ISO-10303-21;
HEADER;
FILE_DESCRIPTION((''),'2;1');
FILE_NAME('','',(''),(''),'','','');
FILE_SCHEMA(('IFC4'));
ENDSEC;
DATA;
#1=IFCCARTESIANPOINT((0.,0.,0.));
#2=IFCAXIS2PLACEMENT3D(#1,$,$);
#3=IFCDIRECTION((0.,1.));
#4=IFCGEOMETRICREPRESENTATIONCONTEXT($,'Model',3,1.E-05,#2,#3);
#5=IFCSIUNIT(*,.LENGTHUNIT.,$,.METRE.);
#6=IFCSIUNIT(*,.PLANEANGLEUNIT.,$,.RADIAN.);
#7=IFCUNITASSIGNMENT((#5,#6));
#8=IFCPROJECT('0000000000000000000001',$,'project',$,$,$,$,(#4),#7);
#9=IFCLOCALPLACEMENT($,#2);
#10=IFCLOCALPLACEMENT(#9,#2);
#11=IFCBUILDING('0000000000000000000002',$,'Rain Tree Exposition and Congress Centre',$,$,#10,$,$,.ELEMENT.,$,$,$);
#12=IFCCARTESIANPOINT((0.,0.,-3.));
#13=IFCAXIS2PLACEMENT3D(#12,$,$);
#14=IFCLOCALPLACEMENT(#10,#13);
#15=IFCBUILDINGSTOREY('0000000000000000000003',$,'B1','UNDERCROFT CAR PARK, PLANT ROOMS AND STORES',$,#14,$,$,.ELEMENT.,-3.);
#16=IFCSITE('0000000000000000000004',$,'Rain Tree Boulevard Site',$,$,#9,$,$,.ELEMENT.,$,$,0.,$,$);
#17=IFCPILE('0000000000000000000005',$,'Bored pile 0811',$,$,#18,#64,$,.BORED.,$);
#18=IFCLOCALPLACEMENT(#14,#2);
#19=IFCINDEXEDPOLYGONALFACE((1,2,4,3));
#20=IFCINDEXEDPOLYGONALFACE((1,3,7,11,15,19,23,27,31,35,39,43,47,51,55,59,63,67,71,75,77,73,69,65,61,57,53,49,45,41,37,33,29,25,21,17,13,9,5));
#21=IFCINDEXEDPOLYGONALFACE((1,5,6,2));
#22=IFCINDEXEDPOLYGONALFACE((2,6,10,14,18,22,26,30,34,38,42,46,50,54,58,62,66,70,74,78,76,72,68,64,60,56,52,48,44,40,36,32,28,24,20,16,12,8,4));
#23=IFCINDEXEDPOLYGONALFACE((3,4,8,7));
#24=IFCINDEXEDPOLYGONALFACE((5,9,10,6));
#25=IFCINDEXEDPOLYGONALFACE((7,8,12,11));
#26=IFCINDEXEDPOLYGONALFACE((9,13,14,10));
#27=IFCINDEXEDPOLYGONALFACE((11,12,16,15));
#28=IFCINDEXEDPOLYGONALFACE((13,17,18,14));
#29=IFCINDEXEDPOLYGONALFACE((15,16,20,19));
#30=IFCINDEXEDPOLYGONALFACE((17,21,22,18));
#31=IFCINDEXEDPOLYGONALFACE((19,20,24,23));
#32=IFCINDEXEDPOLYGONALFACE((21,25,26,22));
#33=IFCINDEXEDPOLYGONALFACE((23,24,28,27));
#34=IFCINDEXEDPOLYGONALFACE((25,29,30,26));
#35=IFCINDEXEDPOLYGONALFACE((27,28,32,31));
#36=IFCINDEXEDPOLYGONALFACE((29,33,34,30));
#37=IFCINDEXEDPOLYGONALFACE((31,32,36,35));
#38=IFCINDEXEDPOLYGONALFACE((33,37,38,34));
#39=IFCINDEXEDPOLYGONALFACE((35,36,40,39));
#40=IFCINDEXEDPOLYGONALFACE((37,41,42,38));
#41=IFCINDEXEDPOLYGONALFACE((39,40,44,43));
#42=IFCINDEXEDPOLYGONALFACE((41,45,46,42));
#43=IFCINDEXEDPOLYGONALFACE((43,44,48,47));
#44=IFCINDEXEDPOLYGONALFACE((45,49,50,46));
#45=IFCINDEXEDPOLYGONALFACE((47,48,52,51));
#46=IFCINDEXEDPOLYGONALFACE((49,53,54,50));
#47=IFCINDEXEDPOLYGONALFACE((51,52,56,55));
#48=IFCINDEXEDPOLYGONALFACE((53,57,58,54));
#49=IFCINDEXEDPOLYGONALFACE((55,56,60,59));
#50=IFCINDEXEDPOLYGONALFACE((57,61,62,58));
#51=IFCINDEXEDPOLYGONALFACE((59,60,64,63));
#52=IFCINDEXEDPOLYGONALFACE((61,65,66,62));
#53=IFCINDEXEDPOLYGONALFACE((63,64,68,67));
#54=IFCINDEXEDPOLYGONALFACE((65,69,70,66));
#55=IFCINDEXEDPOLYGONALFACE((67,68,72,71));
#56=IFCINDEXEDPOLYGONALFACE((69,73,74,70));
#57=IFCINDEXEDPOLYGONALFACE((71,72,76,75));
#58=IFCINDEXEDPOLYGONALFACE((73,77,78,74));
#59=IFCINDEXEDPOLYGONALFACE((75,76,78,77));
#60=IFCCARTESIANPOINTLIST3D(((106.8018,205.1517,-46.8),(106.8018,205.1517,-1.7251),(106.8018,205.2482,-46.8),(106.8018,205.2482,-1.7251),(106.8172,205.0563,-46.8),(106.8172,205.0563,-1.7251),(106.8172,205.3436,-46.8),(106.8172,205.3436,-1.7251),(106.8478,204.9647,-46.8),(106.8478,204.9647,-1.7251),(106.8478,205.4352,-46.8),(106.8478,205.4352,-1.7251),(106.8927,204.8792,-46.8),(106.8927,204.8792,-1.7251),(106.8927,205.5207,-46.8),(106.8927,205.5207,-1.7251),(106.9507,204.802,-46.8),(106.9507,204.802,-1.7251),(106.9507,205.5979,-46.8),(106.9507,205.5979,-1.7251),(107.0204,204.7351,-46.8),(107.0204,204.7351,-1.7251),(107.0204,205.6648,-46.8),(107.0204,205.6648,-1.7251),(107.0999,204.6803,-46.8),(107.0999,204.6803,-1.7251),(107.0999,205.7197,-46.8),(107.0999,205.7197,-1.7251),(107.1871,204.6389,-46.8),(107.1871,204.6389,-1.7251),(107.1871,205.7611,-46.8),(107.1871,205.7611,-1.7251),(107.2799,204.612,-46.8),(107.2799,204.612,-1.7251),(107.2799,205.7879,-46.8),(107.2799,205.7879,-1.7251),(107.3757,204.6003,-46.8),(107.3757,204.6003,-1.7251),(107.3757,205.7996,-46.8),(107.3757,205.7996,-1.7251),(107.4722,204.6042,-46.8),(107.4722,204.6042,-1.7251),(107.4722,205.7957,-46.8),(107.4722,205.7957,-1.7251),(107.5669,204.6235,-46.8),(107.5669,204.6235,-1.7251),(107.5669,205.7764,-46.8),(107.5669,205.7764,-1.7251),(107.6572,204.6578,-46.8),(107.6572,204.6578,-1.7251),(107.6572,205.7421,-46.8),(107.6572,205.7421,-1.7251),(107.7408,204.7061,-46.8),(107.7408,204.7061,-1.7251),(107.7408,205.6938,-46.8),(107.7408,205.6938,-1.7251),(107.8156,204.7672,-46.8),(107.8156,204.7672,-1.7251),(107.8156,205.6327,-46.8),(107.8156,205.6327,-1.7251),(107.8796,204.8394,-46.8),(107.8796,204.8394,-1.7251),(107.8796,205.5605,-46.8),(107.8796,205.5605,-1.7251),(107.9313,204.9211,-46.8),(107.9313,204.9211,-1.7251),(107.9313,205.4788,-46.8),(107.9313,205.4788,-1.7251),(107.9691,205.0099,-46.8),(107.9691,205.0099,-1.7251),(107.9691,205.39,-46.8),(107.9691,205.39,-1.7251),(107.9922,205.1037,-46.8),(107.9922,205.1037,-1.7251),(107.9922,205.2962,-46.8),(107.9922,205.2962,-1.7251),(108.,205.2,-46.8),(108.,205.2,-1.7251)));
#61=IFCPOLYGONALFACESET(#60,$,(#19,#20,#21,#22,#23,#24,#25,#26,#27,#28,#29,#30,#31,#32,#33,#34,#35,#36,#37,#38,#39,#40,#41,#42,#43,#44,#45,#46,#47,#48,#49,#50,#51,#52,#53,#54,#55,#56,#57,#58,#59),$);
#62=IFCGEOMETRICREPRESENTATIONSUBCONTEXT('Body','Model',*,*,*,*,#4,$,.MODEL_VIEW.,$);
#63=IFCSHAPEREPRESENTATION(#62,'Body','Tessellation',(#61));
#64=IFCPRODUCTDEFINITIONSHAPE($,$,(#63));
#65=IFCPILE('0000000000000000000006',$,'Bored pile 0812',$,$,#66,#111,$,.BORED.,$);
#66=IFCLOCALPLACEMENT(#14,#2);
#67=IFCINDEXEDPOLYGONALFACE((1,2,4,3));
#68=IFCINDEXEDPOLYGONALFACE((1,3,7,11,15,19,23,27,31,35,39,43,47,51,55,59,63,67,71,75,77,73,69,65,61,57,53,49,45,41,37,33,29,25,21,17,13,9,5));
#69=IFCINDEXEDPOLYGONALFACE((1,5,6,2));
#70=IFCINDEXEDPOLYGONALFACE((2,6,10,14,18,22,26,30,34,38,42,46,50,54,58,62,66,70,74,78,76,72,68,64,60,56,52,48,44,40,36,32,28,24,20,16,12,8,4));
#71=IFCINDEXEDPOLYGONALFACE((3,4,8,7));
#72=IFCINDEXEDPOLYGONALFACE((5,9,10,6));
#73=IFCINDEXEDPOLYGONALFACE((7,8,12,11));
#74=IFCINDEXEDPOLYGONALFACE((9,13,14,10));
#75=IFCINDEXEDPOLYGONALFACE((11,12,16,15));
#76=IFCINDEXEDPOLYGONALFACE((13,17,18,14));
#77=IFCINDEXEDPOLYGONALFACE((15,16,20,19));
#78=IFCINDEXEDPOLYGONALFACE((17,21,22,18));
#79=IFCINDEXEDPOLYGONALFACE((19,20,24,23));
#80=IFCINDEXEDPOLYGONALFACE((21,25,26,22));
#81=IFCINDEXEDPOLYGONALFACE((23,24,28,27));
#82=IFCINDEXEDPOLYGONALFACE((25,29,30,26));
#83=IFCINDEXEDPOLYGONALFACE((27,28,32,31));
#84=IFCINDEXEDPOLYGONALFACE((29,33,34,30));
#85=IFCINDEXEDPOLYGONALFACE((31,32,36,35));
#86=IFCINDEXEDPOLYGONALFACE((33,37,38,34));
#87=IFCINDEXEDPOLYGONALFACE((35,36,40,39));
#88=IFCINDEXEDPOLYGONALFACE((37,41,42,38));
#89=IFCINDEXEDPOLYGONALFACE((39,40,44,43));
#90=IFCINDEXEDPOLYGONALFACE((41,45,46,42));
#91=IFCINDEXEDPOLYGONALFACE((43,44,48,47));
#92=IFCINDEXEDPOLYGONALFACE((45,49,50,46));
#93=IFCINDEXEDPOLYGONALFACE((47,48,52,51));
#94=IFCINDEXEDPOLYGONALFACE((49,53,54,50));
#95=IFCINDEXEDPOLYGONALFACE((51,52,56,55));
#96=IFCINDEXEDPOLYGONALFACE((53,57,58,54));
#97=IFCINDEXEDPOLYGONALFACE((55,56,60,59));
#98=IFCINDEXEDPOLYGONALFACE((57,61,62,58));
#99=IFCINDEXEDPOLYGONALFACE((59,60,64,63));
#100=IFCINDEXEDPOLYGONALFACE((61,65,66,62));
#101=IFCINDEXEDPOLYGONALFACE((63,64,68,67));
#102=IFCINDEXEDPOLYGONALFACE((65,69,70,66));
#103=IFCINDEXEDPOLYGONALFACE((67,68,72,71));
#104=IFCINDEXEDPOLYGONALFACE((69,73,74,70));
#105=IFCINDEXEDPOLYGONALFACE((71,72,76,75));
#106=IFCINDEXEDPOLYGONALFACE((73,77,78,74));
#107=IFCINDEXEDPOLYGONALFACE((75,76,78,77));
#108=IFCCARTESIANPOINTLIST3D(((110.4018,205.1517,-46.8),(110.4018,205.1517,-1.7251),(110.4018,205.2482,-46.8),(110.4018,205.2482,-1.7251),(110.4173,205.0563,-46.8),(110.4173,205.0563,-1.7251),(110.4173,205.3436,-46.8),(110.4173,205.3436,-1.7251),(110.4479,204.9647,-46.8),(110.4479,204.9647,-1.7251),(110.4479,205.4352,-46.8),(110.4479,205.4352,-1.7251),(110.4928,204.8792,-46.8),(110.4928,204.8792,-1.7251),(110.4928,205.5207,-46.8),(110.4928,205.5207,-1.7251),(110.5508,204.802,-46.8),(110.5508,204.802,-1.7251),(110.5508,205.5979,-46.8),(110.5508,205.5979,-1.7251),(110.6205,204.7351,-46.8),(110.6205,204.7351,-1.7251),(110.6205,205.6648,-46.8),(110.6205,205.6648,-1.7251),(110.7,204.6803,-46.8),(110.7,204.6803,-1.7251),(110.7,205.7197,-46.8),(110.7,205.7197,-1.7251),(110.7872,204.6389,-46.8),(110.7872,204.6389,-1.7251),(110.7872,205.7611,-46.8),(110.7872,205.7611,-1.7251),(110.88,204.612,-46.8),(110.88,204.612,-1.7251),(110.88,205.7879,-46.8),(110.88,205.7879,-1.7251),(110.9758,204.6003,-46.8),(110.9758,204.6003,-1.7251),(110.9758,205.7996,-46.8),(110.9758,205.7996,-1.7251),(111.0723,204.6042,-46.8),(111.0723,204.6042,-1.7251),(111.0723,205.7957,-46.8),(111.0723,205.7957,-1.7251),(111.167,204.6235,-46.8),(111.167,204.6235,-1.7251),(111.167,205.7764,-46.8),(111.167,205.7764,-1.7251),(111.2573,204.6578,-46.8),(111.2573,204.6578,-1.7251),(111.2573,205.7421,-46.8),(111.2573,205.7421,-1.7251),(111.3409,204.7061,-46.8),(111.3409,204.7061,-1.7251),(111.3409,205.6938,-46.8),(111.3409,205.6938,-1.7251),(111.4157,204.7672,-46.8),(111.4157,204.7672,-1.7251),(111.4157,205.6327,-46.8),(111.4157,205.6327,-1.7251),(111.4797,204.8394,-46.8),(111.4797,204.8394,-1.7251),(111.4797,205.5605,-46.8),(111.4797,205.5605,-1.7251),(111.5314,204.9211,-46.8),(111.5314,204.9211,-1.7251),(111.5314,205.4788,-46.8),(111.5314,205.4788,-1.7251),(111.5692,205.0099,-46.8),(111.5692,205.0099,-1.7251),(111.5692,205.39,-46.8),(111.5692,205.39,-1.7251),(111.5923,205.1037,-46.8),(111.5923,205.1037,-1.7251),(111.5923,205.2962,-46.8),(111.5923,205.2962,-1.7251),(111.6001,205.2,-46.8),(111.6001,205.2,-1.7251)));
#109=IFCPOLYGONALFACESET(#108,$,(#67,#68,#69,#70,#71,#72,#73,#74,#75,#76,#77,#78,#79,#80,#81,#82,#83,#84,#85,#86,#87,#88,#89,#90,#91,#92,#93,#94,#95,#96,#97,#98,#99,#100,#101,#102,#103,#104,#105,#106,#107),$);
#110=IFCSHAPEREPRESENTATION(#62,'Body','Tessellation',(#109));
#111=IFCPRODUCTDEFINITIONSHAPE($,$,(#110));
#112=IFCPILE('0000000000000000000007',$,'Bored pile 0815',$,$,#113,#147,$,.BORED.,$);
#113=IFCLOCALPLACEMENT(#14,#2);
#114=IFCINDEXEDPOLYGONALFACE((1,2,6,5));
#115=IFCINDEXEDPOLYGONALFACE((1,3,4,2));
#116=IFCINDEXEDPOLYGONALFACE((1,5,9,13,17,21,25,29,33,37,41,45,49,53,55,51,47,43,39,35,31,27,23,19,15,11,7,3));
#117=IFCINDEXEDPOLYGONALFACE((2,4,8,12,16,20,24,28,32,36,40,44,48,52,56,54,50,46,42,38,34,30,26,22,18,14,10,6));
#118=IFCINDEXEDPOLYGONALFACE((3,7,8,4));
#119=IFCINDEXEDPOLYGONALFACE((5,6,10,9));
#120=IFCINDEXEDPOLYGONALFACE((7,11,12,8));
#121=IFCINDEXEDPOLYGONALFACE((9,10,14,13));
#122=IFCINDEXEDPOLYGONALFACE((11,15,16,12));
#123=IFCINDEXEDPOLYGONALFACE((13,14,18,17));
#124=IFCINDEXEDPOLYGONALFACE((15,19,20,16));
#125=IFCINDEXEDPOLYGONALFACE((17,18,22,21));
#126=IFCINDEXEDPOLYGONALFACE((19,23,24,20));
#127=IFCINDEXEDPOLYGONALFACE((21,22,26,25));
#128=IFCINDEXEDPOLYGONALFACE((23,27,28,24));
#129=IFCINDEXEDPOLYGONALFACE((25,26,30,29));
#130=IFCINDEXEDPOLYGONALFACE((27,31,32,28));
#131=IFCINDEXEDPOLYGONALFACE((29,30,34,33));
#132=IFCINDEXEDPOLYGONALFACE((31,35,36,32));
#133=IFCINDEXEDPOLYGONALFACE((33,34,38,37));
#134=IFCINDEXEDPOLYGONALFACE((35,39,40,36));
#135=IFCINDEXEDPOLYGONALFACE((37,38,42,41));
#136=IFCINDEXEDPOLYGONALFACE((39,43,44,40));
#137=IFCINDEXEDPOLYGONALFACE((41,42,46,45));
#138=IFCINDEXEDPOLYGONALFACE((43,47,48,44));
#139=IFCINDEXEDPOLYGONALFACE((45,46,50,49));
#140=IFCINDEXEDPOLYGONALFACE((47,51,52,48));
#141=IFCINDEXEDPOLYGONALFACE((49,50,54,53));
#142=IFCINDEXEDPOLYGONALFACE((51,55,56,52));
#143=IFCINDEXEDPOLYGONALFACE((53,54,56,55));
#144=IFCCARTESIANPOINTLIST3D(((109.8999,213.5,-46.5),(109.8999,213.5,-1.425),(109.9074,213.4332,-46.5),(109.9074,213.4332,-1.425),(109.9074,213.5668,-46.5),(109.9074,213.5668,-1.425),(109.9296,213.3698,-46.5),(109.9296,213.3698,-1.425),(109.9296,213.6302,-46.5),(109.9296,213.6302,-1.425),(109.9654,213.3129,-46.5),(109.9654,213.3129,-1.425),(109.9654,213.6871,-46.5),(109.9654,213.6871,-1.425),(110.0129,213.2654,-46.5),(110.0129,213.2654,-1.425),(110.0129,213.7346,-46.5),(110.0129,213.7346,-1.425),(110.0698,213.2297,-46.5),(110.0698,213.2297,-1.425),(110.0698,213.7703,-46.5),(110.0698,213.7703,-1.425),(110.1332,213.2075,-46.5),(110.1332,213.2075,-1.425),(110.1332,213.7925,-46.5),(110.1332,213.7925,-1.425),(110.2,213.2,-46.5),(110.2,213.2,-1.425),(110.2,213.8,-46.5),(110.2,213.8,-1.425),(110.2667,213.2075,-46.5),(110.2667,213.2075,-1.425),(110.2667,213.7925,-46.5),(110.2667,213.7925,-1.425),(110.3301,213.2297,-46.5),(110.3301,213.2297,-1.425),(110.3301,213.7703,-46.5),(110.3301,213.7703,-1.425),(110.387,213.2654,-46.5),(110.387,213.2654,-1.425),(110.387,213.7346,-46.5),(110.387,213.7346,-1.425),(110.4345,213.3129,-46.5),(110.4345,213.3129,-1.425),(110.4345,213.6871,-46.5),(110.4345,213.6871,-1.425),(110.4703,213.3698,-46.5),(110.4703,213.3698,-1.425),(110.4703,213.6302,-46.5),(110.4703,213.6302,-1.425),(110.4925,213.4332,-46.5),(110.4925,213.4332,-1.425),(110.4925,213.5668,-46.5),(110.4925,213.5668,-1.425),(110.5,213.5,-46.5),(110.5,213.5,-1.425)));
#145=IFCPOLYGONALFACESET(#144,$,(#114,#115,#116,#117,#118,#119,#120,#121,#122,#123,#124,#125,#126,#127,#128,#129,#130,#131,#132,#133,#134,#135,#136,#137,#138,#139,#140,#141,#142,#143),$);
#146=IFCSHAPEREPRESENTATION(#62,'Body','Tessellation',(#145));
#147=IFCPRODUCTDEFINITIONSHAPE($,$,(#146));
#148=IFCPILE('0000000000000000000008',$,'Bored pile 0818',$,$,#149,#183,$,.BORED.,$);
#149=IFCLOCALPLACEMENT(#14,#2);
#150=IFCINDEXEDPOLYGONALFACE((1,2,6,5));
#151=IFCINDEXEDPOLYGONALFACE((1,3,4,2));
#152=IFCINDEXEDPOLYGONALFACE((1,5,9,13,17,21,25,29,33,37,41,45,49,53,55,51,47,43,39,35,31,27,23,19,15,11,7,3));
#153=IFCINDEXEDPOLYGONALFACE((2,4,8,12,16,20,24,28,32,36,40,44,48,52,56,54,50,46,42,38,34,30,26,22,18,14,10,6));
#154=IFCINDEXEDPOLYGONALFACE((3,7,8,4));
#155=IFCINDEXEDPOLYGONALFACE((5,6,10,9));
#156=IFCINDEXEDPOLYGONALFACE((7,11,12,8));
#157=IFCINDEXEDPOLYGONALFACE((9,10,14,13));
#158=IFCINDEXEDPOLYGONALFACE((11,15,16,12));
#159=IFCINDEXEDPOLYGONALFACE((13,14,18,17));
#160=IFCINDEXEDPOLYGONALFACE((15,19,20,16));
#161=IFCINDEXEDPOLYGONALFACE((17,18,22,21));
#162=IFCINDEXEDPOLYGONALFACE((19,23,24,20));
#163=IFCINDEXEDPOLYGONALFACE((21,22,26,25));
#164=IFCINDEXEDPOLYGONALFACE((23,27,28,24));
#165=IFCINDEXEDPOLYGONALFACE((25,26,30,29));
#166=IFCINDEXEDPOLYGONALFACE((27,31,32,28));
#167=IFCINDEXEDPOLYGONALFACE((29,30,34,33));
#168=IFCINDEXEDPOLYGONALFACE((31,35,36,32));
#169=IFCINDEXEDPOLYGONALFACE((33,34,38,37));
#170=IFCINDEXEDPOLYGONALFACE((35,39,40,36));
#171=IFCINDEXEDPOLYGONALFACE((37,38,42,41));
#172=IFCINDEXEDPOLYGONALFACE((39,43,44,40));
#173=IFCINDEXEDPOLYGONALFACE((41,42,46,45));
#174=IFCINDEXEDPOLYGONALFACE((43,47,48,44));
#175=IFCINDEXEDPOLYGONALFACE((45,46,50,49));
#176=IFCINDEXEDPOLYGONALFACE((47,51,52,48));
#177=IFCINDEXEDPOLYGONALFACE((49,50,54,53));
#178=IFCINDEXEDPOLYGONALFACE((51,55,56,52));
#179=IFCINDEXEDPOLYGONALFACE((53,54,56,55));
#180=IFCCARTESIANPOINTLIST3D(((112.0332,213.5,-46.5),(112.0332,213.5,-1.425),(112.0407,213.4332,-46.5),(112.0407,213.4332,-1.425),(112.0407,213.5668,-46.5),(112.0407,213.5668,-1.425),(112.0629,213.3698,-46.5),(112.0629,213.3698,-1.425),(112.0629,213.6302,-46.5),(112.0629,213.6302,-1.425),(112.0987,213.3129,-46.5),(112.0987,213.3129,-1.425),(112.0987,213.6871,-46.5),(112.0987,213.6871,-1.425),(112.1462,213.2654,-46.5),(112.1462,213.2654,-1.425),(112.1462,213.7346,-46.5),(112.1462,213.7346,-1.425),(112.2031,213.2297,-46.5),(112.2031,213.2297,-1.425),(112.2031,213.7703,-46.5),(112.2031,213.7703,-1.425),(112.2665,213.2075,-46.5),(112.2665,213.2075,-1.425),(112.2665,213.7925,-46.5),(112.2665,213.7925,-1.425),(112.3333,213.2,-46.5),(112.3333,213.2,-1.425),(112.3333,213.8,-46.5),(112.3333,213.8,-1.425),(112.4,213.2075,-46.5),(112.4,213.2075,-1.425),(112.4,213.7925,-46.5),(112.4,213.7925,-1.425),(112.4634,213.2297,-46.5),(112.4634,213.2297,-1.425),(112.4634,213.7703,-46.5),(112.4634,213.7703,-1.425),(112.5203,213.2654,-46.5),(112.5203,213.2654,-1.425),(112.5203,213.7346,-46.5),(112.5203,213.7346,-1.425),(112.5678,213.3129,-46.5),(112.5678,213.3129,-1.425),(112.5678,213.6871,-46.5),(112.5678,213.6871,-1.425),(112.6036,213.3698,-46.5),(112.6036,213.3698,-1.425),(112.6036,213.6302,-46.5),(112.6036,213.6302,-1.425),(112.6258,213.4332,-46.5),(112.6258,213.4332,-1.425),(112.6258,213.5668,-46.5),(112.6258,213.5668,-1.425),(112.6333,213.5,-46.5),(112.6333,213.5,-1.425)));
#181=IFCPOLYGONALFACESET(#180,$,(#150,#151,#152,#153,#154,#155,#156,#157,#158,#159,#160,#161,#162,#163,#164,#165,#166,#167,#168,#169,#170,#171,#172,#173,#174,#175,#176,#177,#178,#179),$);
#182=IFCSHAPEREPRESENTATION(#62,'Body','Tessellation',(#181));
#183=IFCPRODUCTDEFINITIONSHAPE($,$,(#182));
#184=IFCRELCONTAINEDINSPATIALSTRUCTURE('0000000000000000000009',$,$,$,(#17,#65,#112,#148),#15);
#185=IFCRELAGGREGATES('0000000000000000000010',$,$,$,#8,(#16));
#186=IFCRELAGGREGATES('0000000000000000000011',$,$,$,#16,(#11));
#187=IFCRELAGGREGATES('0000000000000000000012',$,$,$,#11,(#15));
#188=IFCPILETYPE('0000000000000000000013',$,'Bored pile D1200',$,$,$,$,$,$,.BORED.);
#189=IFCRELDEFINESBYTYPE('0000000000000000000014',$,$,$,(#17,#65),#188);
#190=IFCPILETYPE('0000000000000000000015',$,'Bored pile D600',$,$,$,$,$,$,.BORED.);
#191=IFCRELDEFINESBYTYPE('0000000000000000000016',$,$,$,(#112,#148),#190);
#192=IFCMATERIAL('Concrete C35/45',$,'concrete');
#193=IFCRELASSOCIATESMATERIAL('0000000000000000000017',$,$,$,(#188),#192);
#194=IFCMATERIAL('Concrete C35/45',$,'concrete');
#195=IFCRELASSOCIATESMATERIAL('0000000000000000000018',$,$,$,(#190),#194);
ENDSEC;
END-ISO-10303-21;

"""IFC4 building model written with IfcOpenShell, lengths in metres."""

from ifc_helpers import new_model, si_unit, direction, frame, origin, origin_2d, place, context, subcontext, project, spatial, circle, extrude, material, material_profile, profile_set, type_object, element, save


model = new_model("IFC4")

# Units and contexts
model_context = context("Model", 3, precision=1e-05, world=origin(), true_north=direction((0.0, 1.0)))
body_context = subcontext(model_context, "Body", "Model", "MODEL_VIEW")
ifc_project = project(units=[si_unit("LENGTHUNIT", "METRE"), si_unit("PLANEANGLEUNIT", "RADIAN")], contexts=[model_context])

# Site, building, storey
site_placement = place(None, origin())
site = spatial("IfcSite", under=ifc_project, at=site_placement, Name="Rain Tree Boulevard Site", CompositionType="ELEMENT", RefElevation=0.0)
building_placement = place(site_placement, origin())
building = spatial("IfcBuilding", under=site, at=building_placement, Name="Rain Tree Exposition and Congress Centre", CompositionType="ELEMENT")
storey_placement = place(building_placement, frame((0.0, 0.0, -3.0)))
storey = spatial("IfcBuildingStorey", under=building, at=storey_placement, Name="B1", Description="UNDERCROFT CAR PARK, PLANT ROOMS AND STORES", CompositionType="ELEMENT", Elevation=-3.0)

# Piles
ifc_material_1 = material(Name="Concrete C35/45", Category="concrete")
ifc_material_profile_1 = material_profile(ifc_material_1, circle(Radius=0.6001, at=origin_2d()), Name="D1200")
ifc_profile_set_1 = profile_set([ifc_material_profile_1], Name="Concrete C35/45")
pile_type_1 = type_object("IfcPileType", Name="Bored pile D1200", PredefinedType="BORED", material=ifc_profile_set_1)
for number, where, z_axis, x_axis, name in (
    (1, (107.3999, 205.2, -1.7251), (0.0, 0.0, -1.0), (1.0, 0.0, 0.0), "Bored pile 0811"),
    (2, (111.0, 205.2, -1.7251), (0.0, 0.0, -1.0), (1.0, 0.0, 0.0), "Bored pile 0812"),
):
    element("IfcPile", number, at=place(storey_placement, frame(where, z_axis=z_axis, x_axis=x_axis)), inside=storey, type_object=pile_type_1, Name=name, PredefinedType="BORED", context=body_context, shape_type="SweptSolid", body=[
        extrude(circle(Radius=0.6001, at=origin_2d()), origin(), (0.0, 0.0, 1.0), 45.075),
    ])
ifc_material_2 = material(Name="Concrete C35/45", Category="concrete")
ifc_material_profile_2 = material_profile(ifc_material_2, circle(Radius=0.3, at=origin_2d()), Name="D600")
ifc_profile_set_2 = profile_set([ifc_material_profile_2], Name="Concrete C35/45")
pile_type_2 = type_object("IfcPileType", Name="Bored pile D600", PredefinedType="BORED", material=ifc_profile_set_2)
for number, where, z_axis, x_axis, name in (
    (3, (110.2, 213.5, -1.425), (0.0, 0.0, -1.0), (1.0, 0.0, 0.0), "Bored pile 0815"),
    (4, (112.3333, 213.5, -1.425), (0.0, 0.0, -1.0), (1.0, 0.0, 0.0), "Bored pile 0818"),
):
    element("IfcPile", number, at=place(storey_placement, frame(where, z_axis=z_axis, x_axis=x_axis)), inside=storey, type_object=pile_type_2, Name=name, PredefinedType="BORED", context=body_context, shape_type="SweptSolid", body=[
        extrude(circle(Radius=0.3, at=origin_2d()), origin(), (0.0, 0.0, 1.0), 45.075),
    ])

save(model, "model.ifc")
